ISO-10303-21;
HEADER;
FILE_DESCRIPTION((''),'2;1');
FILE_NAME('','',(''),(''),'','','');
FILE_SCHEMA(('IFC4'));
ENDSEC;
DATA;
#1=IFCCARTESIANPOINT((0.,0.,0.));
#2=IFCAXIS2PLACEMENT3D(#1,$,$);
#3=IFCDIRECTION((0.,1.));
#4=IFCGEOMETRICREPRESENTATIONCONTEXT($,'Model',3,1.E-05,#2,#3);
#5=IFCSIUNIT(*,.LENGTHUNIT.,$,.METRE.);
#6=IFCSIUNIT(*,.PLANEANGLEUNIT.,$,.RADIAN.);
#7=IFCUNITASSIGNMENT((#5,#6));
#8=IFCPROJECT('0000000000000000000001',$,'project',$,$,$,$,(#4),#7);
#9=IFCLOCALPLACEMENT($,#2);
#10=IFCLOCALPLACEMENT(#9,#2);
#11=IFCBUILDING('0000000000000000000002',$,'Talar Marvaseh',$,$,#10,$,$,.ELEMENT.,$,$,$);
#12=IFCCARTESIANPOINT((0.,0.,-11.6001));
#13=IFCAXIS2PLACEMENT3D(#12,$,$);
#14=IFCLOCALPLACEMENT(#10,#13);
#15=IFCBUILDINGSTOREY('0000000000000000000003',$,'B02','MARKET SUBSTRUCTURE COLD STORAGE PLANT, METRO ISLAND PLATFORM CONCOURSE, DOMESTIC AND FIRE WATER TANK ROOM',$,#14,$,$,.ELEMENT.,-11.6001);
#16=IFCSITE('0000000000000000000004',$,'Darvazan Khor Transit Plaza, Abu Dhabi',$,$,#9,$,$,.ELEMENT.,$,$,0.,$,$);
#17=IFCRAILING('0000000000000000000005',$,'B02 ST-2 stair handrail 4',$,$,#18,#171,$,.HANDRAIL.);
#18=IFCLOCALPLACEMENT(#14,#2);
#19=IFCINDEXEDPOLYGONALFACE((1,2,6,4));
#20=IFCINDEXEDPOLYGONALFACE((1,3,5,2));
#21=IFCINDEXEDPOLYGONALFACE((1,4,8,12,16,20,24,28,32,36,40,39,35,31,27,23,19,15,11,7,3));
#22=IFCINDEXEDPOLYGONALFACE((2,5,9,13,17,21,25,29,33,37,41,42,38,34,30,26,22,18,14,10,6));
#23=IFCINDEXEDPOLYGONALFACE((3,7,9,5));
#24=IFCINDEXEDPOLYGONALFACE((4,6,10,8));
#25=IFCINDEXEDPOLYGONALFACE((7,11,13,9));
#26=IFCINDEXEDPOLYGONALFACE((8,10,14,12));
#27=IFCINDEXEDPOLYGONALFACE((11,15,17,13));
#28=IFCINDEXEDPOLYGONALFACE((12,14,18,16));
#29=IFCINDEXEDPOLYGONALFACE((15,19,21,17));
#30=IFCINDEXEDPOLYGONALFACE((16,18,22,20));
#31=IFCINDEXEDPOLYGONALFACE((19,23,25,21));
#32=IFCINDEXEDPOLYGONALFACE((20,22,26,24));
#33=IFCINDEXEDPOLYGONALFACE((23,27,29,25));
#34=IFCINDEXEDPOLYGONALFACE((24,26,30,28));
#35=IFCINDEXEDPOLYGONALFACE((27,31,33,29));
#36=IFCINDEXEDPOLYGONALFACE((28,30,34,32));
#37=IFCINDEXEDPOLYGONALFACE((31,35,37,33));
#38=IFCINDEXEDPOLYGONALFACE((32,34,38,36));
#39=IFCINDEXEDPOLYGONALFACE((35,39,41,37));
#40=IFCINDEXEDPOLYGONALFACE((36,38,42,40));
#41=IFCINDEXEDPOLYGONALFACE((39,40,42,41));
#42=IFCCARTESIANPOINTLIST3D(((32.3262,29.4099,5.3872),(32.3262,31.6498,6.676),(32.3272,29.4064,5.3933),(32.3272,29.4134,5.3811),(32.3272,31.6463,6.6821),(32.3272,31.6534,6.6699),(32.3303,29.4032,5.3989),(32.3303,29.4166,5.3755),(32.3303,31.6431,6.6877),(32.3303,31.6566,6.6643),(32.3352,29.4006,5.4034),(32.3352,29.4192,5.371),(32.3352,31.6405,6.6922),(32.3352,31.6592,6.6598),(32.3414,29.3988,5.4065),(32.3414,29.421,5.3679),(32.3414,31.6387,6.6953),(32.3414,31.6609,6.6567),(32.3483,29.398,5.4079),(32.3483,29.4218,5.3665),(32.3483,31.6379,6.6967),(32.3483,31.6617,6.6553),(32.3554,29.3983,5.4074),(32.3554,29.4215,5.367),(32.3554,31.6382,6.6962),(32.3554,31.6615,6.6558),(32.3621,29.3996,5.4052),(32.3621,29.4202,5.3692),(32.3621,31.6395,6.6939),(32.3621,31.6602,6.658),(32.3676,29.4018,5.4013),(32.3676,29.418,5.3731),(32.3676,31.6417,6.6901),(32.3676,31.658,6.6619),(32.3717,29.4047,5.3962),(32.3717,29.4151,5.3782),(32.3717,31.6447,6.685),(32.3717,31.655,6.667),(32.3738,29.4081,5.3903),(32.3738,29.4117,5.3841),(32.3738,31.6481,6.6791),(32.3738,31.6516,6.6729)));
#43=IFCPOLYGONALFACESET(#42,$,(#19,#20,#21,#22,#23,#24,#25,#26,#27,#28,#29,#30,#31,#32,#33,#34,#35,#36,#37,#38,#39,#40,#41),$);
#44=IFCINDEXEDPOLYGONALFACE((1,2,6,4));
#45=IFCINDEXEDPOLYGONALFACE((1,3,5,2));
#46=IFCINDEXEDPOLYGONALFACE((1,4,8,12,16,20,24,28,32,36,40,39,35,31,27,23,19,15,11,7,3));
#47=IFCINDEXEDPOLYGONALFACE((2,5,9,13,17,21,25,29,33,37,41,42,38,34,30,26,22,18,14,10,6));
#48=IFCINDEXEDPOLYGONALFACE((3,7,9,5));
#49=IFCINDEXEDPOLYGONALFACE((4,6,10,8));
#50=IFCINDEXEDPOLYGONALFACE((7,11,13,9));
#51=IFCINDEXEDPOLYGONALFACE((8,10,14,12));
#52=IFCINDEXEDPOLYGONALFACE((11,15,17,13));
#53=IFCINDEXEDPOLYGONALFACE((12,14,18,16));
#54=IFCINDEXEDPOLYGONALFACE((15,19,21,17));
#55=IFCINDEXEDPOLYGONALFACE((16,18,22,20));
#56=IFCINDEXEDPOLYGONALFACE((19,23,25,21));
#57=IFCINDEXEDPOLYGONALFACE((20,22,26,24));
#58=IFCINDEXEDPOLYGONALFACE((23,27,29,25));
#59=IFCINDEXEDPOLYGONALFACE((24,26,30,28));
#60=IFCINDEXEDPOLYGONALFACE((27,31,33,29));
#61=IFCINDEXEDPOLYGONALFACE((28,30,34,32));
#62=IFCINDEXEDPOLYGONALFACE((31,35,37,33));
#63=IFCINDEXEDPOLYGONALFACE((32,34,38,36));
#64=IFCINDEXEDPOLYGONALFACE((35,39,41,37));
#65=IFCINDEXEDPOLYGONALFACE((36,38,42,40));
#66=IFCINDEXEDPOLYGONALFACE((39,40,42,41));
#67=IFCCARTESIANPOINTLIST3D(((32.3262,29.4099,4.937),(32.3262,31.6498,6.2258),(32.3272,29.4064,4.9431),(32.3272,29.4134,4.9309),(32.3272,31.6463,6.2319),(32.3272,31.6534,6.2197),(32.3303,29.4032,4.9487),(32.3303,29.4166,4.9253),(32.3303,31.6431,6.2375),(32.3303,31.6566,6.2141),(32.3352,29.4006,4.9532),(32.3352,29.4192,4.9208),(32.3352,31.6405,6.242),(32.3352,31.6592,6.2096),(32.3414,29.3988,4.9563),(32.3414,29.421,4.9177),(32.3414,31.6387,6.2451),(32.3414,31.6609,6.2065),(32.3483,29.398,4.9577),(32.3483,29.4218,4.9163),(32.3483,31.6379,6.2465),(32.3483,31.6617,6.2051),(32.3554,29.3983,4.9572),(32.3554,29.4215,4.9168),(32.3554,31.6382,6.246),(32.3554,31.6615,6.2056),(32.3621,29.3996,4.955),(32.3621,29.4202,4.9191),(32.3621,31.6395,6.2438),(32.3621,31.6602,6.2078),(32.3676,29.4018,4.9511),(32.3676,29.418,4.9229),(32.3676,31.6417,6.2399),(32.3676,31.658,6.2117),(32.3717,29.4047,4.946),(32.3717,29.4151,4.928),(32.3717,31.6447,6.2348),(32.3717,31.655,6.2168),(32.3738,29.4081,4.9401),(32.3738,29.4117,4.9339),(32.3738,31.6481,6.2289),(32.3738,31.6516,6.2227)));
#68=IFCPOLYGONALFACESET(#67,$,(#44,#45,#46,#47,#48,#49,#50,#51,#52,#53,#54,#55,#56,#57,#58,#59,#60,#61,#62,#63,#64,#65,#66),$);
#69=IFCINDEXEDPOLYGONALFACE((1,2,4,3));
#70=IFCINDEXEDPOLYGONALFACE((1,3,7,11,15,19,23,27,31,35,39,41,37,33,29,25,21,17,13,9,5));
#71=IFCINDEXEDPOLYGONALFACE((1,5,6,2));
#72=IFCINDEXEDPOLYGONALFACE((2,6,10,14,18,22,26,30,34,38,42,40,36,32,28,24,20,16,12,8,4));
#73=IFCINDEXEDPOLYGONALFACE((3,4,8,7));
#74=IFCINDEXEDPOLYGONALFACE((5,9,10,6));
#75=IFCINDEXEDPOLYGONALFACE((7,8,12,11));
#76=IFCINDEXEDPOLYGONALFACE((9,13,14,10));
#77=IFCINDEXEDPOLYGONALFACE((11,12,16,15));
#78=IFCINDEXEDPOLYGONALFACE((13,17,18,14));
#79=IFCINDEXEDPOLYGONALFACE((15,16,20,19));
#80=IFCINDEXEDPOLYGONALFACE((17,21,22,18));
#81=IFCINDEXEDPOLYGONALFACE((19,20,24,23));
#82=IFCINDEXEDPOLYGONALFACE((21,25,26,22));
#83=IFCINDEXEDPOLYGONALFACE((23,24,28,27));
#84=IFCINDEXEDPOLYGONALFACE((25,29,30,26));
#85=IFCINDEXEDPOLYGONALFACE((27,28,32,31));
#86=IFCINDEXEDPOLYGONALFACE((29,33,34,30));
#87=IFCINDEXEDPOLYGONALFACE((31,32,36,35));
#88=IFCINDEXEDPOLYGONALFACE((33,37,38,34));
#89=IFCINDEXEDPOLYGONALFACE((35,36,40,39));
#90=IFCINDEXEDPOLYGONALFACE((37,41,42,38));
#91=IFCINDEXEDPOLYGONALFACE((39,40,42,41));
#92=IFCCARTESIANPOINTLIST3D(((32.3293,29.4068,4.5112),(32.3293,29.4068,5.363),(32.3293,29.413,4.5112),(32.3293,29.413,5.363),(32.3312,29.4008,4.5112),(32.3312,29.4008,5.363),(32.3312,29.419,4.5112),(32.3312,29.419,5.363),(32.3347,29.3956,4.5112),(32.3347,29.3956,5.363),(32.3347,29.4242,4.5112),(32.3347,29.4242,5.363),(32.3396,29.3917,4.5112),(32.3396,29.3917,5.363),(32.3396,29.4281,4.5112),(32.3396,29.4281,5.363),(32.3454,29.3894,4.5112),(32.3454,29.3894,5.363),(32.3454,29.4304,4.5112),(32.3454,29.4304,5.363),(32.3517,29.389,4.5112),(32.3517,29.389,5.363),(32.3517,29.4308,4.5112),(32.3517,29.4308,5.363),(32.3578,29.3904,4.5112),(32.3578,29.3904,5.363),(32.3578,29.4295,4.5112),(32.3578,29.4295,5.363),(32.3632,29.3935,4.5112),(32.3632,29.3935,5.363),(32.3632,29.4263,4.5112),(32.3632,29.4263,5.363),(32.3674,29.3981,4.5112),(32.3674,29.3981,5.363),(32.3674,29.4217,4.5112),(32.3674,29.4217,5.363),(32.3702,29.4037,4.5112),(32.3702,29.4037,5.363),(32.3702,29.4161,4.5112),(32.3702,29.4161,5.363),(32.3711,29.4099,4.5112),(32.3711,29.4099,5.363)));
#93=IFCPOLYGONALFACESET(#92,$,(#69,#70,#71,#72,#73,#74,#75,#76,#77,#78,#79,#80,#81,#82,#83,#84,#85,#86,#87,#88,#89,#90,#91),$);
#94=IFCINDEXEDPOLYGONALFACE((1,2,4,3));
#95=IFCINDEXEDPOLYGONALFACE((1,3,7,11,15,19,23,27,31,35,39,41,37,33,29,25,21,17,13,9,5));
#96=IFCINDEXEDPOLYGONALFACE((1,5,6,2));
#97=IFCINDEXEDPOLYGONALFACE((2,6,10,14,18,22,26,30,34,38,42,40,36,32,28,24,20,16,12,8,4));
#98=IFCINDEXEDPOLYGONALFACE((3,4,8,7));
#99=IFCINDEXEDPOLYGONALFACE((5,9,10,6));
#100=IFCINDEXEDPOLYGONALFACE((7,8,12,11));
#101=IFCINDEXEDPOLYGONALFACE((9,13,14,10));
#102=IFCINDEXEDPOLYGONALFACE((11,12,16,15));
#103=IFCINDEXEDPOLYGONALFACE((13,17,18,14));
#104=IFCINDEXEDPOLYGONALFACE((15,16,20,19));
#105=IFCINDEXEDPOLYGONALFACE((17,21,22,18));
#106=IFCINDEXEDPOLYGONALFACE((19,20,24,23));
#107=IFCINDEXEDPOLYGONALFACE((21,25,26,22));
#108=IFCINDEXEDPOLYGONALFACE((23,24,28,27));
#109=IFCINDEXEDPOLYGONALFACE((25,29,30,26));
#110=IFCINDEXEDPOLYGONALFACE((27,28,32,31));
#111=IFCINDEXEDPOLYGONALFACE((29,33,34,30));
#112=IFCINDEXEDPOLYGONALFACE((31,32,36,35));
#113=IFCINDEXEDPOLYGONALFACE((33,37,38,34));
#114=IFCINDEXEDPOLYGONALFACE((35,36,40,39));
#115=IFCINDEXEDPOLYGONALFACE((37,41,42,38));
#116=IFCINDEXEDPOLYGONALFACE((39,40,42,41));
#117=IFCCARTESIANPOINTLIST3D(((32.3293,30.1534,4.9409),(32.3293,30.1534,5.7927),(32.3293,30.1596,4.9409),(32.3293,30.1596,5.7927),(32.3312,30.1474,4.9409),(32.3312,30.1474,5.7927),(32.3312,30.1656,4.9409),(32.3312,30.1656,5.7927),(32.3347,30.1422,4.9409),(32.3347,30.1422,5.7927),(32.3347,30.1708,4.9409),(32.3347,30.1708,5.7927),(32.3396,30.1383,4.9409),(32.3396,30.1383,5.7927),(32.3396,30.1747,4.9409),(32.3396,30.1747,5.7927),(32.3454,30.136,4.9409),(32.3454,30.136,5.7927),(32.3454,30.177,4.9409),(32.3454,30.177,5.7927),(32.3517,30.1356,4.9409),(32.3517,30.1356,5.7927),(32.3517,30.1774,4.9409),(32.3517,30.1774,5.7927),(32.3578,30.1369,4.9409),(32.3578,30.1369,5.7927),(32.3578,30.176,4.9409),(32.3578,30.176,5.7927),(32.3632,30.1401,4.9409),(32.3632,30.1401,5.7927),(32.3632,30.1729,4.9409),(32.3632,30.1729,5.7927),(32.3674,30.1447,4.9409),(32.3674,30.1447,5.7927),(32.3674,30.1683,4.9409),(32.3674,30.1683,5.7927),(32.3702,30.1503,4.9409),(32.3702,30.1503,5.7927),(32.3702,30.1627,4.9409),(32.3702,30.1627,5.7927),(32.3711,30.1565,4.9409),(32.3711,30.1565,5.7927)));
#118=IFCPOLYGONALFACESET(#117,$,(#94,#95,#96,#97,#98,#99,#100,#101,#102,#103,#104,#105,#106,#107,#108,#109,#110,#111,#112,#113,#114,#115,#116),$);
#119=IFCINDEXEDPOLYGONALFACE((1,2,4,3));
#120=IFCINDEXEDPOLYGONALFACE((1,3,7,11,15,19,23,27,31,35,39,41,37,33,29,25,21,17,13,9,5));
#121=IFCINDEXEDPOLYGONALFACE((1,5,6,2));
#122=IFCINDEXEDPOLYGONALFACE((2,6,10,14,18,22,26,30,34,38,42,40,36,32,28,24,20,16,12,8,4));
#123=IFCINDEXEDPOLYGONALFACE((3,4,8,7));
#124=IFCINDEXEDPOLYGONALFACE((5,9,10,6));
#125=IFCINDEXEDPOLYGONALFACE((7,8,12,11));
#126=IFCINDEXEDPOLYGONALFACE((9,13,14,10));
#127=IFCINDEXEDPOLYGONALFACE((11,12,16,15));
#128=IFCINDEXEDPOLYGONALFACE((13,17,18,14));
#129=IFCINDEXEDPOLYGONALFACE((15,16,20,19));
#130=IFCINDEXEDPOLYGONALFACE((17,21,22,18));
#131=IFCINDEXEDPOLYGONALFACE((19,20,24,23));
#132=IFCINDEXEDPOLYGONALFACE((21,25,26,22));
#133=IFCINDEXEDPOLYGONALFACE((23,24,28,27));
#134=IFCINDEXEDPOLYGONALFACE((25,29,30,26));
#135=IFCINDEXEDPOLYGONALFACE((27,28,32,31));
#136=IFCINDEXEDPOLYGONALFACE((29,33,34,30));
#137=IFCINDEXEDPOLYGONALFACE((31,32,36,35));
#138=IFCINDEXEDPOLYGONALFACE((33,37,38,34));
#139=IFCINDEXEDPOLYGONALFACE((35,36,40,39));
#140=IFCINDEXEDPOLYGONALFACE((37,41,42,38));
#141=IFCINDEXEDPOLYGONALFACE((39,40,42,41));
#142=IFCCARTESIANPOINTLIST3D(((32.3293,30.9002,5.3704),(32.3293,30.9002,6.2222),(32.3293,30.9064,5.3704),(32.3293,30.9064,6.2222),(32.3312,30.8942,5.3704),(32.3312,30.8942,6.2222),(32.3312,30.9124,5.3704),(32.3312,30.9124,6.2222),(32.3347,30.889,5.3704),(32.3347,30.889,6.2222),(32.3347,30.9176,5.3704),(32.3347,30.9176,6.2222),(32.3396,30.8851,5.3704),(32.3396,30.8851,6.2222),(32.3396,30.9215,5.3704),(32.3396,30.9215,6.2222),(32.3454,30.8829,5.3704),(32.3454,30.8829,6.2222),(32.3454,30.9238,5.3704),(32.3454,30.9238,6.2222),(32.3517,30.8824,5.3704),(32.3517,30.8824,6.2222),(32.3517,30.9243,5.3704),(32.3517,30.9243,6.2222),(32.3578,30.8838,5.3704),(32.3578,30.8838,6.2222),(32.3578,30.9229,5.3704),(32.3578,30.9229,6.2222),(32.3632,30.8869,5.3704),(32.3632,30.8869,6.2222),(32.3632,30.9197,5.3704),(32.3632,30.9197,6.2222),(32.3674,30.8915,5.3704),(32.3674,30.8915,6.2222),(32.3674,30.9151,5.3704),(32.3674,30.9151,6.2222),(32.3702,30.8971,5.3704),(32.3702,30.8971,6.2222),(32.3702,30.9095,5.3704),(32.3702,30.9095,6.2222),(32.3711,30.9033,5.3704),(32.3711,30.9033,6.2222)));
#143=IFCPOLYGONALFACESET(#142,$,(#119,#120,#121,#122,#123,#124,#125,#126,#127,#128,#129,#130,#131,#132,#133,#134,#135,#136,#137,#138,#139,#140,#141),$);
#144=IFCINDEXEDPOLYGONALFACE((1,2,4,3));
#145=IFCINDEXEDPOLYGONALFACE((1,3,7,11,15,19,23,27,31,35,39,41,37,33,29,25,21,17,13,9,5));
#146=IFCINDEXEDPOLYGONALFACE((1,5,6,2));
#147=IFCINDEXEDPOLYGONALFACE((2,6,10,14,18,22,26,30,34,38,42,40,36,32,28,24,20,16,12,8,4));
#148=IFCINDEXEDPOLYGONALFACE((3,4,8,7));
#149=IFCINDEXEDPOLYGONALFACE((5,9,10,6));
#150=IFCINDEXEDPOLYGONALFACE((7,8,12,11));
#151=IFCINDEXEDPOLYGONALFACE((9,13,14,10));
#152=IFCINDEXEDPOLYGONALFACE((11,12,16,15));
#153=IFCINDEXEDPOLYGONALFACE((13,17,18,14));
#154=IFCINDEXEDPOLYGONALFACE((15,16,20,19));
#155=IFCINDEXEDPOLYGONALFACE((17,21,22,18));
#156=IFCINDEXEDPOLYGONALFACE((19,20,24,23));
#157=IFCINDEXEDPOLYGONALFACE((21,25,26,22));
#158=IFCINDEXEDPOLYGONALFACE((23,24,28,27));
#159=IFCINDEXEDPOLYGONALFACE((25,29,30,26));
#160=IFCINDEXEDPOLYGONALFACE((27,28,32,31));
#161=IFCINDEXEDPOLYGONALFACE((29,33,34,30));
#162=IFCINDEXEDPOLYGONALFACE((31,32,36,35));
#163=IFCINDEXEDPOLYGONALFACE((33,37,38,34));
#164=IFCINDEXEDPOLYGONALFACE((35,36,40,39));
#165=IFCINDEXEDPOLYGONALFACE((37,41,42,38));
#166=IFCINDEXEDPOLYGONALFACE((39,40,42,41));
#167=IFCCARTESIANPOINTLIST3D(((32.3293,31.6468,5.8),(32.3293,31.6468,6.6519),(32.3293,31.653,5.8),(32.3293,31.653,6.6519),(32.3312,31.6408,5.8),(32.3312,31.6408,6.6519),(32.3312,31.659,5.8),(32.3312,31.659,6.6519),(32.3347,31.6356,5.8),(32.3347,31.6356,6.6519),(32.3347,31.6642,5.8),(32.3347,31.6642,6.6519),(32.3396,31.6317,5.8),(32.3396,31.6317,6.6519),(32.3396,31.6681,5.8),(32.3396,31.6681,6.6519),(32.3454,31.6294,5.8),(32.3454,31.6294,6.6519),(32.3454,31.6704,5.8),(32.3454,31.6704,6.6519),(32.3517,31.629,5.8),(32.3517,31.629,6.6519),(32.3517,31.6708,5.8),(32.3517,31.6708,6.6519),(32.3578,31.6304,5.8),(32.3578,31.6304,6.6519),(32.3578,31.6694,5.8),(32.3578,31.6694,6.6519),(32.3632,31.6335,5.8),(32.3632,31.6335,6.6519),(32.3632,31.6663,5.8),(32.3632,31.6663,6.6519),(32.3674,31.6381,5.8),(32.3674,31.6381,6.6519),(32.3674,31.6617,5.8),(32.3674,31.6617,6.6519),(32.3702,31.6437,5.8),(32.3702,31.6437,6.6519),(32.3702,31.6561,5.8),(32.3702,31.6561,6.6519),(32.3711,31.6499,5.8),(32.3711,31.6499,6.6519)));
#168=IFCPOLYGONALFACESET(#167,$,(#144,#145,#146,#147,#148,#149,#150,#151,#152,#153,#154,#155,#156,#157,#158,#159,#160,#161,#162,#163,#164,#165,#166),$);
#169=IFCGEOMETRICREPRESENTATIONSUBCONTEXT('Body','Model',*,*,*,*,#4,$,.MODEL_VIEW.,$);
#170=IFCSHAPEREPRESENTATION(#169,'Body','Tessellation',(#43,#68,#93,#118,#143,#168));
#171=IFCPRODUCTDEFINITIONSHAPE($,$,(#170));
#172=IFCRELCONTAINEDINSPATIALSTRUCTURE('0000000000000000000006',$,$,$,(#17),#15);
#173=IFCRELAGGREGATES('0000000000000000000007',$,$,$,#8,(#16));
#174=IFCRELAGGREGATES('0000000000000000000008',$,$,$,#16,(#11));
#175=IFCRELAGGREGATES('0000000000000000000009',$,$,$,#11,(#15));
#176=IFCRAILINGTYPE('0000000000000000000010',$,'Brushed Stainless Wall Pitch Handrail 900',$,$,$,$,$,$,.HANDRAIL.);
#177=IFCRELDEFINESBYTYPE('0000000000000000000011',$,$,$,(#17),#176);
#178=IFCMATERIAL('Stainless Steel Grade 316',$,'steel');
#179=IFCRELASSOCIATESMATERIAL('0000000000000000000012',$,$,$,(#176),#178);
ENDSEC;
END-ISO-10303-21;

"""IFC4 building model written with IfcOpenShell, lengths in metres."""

from ifc_helpers import new_model, si_unit, direction, frame, origin, origin_2d, place, context, subcontext, project, spatial, circle, extrude, material, type_object, element, save


model = new_model("IFC4")

# Units and contexts
model_context = context("Model", 3, precision=1e-05, world=origin(), true_north=direction((0.0, 1.0)))
body_context = subcontext(model_context, "Body", "Model", "MODEL_VIEW")
ifc_project = project(units=[si_unit("LENGTHUNIT", "METRE"), si_unit("PLANEANGLEUNIT", "RADIAN")], contexts=[model_context])

# Site, building, storey
site_placement = place(None, origin())
site = spatial("IfcSite", under=ifc_project, at=site_placement, Name="Darvazan Khor Transit Plaza, Abu Dhabi", CompositionType="ELEMENT", RefElevation=0.0)
building_placement = place(site_placement, origin())
building = spatial("IfcBuilding", under=site, at=building_placement, Name="Talar Marvaseh", CompositionType="ELEMENT")
storey_placement = place(building_placement, frame((0.0, 0.0, -11.6001)))
storey = spatial("IfcBuildingStorey", under=building, at=storey_placement, Name="B02", Description="MARKET SUBSTRUCTURE COLD STORAGE PLANT, METRO ISLAND PLATFORM CONCOURSE, DOMESTIC AND FIRE WATER TANK ROOM", CompositionType="ELEMENT", Elevation=-11.6001)

# Railing
ifc_material_1 = material(Name="Stainless Steel Grade 316", Category="steel")
railing_type_1 = type_object("IfcRailingType", Name="Brushed Stainless Wall Pitch Handrail 900", PredefinedType="HANDRAIL", material=ifc_material_1)
for number, where, name in (
    (1, (32.3501, 29.4099, 4.5112), "B02 ST-2 stair handrail 4"),
):
    element("IfcRailing", number, at=place(storey_placement, frame(where)), inside=storey, type_object=railing_type_1, Name=name, PredefinedType="HANDRAIL", context=body_context, shape_type="SweptSolid", body=[
        extrude(circle(Radius=0.0239, at=origin_2d()), frame((0.0, 0.0, 0.876), z_axis=(0.0, 0.866768, 0.498711), x_axis=(-1.0, 0.0, 0.0)), (0.0, 0.0, 1.0), 2.5842),
        extrude(circle(Radius=0.0239, at=origin_2d()), frame((0.0, 0.0, 0.4258), z_axis=(0.0, 0.866768, 0.498711), x_axis=(-1.0, 0.0, 0.0)), (0.0, 0.0, 1.0), 2.5842),
        extrude(circle(Radius=0.021, at=origin_2d()), origin(), (0.0, 0.0, 1.0), 0.8518),
        extrude(circle(Radius=0.021, at=origin_2d()), frame((0.0, 0.7466, 0.4297)), (0.0, 0.0, 1.0), 0.8518),
        extrude(circle(Radius=0.021, at=origin_2d()), frame((0.0, 1.4934, 0.8591)), (0.0, 0.0, 1.0), 0.8518),
        extrude(circle(Radius=0.021, at=origin_2d()), frame((0.0, 2.24, 1.2888)), (0.0, 0.0, 1.0), 0.8518),
    ])

save(model, "model.ifc")
